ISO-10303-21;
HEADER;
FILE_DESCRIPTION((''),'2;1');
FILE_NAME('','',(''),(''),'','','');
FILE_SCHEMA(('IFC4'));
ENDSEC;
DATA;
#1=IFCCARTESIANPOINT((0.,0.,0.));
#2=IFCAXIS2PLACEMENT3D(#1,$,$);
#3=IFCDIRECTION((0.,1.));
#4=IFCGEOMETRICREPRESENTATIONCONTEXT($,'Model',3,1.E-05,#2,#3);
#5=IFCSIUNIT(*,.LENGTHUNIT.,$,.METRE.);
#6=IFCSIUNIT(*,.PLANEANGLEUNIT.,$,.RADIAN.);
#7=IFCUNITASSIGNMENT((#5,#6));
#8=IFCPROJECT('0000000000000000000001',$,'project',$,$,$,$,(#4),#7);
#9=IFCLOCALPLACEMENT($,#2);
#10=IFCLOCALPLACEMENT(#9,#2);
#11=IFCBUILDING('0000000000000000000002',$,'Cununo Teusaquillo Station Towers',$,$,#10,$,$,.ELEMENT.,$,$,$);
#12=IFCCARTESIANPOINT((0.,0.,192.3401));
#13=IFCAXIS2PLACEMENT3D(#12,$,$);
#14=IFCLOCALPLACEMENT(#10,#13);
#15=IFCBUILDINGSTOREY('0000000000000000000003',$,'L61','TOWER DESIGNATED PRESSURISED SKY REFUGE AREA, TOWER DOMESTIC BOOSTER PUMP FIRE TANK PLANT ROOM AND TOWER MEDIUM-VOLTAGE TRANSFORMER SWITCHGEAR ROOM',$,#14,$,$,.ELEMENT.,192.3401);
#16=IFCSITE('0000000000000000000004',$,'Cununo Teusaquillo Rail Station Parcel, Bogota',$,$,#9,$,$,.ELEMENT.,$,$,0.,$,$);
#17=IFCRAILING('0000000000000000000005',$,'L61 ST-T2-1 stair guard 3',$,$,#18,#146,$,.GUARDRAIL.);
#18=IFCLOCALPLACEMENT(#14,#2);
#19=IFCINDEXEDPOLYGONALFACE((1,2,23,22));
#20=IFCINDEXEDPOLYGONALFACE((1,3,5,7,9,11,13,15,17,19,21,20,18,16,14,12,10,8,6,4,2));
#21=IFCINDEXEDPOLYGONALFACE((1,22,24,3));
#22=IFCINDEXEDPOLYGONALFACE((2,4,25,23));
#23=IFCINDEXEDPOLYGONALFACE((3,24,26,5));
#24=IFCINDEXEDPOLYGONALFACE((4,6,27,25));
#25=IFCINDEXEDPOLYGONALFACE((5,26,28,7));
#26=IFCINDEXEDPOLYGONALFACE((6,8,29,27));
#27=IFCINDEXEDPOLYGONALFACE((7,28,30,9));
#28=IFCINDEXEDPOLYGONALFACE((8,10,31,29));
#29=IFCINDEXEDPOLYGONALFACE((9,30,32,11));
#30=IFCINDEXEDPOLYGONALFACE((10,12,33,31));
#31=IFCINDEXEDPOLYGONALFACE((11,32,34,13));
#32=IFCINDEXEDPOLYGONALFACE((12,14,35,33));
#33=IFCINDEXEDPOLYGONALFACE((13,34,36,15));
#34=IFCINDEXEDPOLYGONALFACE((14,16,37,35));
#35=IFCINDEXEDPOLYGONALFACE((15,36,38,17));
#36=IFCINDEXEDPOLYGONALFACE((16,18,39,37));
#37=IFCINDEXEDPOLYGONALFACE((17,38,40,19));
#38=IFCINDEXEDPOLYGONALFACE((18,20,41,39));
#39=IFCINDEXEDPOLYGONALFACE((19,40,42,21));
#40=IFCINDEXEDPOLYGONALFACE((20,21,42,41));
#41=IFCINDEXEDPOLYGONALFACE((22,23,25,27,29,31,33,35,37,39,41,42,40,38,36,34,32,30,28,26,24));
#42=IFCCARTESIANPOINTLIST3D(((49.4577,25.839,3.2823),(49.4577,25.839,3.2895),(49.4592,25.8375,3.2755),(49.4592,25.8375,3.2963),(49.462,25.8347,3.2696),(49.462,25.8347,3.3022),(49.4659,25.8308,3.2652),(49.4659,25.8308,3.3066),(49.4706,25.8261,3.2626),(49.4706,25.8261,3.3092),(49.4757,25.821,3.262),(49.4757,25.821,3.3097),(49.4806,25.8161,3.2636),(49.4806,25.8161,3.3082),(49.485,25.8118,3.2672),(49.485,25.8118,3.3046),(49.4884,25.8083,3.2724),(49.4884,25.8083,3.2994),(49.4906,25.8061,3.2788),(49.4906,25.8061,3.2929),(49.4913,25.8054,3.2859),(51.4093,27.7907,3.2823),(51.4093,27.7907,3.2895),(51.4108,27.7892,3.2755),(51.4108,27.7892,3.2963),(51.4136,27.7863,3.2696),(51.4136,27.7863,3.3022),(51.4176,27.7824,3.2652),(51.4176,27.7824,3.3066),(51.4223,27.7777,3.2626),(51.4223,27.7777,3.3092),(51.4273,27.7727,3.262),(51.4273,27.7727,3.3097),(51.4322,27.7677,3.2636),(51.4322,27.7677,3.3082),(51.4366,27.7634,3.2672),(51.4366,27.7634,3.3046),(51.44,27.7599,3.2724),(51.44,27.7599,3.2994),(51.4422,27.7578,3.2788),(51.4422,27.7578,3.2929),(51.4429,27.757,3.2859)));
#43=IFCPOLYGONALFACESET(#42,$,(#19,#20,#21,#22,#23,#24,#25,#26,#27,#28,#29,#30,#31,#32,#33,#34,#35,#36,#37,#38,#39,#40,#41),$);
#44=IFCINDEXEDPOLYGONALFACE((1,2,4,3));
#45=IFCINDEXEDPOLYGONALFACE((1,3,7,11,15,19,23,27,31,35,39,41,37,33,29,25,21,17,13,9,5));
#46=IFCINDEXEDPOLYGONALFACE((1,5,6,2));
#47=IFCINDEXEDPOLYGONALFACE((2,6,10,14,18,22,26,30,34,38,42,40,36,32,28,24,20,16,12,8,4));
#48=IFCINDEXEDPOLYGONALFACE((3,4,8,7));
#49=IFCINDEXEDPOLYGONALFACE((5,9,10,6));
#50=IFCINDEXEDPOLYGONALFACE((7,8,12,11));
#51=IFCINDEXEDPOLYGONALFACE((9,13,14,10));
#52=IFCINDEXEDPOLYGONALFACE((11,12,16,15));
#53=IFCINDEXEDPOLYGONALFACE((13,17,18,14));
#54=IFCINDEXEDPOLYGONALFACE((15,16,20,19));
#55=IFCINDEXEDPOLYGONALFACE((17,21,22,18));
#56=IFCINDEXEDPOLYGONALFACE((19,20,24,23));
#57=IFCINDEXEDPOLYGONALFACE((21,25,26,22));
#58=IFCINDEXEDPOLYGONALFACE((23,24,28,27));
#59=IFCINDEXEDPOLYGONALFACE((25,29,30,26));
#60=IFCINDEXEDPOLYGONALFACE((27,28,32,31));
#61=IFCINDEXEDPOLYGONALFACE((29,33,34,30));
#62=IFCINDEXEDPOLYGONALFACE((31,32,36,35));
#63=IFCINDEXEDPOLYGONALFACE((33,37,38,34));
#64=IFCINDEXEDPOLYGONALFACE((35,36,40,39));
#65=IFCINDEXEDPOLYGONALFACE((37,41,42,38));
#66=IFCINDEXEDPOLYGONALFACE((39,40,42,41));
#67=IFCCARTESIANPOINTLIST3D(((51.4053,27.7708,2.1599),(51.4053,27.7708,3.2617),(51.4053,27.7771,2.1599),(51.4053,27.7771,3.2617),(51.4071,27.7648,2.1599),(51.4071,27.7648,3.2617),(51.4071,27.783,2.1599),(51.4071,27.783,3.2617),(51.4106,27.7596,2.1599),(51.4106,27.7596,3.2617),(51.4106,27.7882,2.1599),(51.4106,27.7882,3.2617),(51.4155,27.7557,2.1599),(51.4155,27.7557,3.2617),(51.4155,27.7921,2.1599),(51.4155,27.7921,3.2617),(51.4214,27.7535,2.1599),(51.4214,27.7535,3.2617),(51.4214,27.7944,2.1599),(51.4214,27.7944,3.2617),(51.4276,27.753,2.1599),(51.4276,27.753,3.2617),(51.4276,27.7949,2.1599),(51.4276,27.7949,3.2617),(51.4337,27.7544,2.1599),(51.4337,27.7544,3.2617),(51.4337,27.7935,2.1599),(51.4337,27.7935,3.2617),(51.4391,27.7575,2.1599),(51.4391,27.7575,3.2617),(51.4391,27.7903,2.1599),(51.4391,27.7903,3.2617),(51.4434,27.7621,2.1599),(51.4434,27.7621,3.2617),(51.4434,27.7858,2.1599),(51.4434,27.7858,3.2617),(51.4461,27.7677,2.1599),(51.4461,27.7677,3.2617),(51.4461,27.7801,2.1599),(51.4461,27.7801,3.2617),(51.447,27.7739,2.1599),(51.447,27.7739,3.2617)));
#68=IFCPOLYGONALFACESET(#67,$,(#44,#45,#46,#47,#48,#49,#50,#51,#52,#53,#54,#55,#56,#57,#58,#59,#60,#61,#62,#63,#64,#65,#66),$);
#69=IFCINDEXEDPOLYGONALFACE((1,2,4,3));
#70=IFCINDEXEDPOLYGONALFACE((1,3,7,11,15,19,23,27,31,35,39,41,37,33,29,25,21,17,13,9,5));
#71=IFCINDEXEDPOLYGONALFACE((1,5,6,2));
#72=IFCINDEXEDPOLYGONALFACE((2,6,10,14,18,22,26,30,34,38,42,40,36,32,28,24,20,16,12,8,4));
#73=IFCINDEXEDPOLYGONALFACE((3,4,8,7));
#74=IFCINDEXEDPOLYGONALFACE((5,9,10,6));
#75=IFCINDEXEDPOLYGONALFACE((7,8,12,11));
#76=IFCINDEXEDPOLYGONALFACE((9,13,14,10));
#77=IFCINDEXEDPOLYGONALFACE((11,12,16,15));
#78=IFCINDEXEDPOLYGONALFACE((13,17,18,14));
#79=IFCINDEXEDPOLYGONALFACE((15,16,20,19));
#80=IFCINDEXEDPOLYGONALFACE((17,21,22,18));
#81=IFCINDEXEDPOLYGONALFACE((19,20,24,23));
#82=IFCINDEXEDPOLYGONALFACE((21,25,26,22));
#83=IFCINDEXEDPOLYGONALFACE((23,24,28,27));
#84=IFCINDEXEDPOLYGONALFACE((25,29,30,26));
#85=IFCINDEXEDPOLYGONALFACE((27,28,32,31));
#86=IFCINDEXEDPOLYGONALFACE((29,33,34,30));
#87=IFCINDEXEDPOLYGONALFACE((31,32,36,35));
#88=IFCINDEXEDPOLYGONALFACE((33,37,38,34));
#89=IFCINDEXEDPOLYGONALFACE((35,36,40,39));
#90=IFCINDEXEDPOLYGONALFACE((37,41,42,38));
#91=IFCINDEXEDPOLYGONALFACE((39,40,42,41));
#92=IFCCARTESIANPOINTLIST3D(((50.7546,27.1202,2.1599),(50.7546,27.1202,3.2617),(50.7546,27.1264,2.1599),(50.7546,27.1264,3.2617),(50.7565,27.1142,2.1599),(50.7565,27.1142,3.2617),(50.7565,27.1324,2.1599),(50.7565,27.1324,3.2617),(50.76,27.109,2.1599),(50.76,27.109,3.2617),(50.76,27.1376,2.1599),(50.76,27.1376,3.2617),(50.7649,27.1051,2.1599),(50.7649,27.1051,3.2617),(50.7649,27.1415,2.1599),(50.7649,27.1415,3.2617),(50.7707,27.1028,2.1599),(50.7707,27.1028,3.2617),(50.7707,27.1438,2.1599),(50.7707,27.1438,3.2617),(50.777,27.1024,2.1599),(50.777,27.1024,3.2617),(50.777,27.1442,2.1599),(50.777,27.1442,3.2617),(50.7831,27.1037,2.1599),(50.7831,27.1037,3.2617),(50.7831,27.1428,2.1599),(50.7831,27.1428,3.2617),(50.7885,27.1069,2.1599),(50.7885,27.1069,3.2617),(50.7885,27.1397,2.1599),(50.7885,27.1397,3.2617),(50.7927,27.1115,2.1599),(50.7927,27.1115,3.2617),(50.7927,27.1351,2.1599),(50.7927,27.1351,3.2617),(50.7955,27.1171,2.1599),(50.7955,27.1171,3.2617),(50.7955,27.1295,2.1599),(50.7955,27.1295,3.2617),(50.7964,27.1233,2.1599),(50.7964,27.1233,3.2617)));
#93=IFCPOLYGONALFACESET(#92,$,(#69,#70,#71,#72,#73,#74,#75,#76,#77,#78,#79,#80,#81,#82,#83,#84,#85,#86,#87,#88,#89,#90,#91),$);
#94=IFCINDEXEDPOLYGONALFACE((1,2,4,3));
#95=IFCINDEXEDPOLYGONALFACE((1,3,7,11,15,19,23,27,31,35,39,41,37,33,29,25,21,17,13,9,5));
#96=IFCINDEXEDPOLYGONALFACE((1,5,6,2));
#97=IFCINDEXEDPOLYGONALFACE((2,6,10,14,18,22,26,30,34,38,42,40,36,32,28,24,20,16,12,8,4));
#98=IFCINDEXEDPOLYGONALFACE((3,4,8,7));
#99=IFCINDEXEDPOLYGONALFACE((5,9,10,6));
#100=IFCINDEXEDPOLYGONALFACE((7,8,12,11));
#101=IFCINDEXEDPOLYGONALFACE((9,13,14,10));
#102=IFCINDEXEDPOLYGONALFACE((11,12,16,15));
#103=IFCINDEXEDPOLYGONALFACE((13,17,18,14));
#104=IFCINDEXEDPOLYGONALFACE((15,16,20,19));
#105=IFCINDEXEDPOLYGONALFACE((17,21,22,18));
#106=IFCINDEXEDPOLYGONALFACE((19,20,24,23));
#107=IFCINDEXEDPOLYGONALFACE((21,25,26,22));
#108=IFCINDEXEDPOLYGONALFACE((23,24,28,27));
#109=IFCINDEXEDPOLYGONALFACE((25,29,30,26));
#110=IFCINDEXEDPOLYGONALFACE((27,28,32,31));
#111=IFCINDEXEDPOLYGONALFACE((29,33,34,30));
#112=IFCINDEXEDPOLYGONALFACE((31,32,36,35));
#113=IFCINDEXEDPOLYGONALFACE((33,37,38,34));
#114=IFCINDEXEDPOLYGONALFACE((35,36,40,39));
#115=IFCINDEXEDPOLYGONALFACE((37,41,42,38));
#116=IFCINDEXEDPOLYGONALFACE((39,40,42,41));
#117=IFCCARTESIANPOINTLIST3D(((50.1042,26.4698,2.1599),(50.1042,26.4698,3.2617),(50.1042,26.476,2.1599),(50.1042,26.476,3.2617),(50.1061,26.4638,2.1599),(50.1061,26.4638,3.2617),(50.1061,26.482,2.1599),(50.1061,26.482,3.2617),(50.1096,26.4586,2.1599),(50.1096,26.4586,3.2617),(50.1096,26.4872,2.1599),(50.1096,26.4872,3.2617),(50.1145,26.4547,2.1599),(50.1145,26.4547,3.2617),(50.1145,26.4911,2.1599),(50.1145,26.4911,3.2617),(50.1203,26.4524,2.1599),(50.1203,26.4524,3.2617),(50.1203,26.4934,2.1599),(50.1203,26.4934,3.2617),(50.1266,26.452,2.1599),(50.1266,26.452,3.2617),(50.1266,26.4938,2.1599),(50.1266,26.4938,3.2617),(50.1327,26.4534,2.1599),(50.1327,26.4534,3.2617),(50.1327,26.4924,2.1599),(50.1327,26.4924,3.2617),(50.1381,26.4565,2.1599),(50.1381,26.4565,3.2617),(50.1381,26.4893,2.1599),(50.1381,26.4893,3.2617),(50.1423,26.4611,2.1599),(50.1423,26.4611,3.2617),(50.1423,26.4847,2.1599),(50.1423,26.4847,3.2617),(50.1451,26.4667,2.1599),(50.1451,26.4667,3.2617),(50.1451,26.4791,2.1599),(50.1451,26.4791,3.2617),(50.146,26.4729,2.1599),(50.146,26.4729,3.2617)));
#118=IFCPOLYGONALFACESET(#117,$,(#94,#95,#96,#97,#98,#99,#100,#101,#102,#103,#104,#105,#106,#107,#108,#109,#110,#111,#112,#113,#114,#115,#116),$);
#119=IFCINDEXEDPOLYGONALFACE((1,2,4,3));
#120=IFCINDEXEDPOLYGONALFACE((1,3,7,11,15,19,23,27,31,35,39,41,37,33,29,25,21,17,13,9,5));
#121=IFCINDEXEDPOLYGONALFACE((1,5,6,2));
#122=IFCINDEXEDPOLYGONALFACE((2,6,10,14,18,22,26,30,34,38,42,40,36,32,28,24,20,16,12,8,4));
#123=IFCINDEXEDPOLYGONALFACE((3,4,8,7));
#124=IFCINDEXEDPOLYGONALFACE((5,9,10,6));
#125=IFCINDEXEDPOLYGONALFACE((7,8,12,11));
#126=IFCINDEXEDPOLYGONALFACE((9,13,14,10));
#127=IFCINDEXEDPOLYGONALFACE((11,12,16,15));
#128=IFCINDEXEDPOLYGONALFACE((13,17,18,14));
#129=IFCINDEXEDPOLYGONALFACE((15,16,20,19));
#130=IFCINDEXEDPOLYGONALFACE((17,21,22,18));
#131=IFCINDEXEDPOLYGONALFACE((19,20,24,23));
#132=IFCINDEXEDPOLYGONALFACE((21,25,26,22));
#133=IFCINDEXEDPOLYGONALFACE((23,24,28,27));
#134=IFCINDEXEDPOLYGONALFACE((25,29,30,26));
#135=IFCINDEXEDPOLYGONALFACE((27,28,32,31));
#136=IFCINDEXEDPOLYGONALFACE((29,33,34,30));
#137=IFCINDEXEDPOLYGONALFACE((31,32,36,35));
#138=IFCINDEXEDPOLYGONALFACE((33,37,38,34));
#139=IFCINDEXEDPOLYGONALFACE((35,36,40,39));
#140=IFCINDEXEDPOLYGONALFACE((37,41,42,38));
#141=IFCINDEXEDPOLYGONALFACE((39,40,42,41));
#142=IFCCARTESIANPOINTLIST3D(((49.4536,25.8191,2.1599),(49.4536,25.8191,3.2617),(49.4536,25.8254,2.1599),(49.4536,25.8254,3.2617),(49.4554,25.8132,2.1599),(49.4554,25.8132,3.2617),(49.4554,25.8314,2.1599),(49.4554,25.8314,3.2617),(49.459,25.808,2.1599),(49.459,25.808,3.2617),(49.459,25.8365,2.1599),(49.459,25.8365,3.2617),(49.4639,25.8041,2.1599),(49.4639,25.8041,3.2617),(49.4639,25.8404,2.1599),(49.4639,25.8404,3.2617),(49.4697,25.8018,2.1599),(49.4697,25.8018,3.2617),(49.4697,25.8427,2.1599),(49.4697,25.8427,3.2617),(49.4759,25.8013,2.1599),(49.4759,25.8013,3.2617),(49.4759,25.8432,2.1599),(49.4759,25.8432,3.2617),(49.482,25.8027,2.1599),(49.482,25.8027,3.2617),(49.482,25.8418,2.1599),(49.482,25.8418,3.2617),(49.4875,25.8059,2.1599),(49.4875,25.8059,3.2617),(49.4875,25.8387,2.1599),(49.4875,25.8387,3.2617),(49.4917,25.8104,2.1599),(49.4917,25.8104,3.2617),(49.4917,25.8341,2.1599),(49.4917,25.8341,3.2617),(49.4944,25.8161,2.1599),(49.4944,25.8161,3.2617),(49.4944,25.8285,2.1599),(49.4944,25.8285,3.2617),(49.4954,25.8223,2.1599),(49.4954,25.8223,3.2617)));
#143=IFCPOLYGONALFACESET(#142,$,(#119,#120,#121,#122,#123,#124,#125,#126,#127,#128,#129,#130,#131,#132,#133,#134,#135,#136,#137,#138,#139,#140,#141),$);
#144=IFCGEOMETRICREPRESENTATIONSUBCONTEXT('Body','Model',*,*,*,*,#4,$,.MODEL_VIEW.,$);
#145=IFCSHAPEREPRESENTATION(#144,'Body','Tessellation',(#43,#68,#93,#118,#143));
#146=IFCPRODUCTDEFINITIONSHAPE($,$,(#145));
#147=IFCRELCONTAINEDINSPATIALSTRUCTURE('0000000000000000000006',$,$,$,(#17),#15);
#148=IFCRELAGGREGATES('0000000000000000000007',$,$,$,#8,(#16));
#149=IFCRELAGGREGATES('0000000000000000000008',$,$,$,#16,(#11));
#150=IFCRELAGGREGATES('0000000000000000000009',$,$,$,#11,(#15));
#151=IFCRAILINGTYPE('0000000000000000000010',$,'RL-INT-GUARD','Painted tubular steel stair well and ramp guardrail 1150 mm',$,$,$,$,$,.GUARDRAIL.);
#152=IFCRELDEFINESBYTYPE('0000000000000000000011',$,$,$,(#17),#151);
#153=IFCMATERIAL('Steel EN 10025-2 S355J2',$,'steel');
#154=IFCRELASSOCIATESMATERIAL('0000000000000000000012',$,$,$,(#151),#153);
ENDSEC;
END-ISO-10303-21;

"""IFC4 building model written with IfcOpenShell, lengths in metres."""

from ifc_helpers import new_model, si_unit, direction, frame, origin, origin_2d, place, context, subcontext, project, spatial, circle, extrude, material, type_object, element, save


model = new_model("IFC4")

# Units and contexts
model_context = context("Model", 3, precision=1e-05, world=origin(), true_north=direction((0.0, 1.0)))
body_context = subcontext(model_context, "Body", "Model", "MODEL_VIEW")
ifc_project = project(units=[si_unit("LENGTHUNIT", "METRE"), si_unit("PLANEANGLEUNIT", "RADIAN")], contexts=[model_context])

# Site, building, storey
site_placement = place(None, origin())
site = spatial("IfcSite", under=ifc_project, at=site_placement, Name="Cununo Teusaquillo Rail Station Parcel, Bogota", CompositionType="ELEMENT", RefElevation=0.0)
building_placement = place(site_placement, origin())
building = spatial("IfcBuilding", under=site, at=building_placement, Name="Cununo Teusaquillo Station Towers", CompositionType="ELEMENT")
storey_placement = place(building_placement, frame((0.0, 0.0, 192.3401)))
storey = spatial("IfcBuildingStorey", under=building, at=storey_placement, Name="L61", Description="TOWER DESIGNATED PRESSURISED SKY REFUGE AREA, TOWER DOMESTIC BOOSTER PUMP FIRE TANK PLANT ROOM AND TOWER MEDIUM-VOLTAGE TRANSFORMER SWITCHGEAR ROOM", CompositionType="ELEMENT", Elevation=192.3401)

# Railing
ifc_material_1 = material(Name="Steel EN 10025-2 S355J2", Category="steel")
railing_type = type_object("IfcRailingType", Name="RL-INT-GUARD", Description="Painted tubular steel stair well and ramp guardrail 1150 mm", PredefinedType="GUARDRAIL", material=ifc_material_1)
railing_1_placement = place(storey_placement, frame((51.426, 27.7739, 2.1599)))
element("IfcRailing", 1, at=railing_1_placement, inside=storey, type_object=railing_type, Name="L61 ST-T2-1 stair guard 3", PredefinedType="GUARDRAIL", context=body_context, shape_type="SweptSolid", body=[
    extrude(circle(Radius=0.0239, at=origin_2d()), frame((0.0, 0.0, 1.126), z_axis=(-0.707107, -0.707107, 0.0), x_axis=(0.707107, -0.707107, 0.0)), (0.0, 0.0, 1.0), 2.76),
    extrude(circle(Radius=0.021, at=origin_2d()), origin(), (0.0, 0.0, 1.0), 1.1018),
    extrude(circle(Radius=0.021, at=origin_2d()), frame((-0.6506, -0.6506, 0.0)), (0.0, 0.0, 1.0), 1.1018),
    extrude(circle(Radius=0.021, at=origin_2d()), frame((-1.301, -1.301, 0.0)), (0.0, 0.0, 1.0), 1.1018),
    extrude(circle(Radius=0.021, at=origin_2d()), frame((-1.9517, -1.9517, 0.0)), (0.0, 0.0, 1.0), 1.1018),
])

save(model, "model.ifc")
